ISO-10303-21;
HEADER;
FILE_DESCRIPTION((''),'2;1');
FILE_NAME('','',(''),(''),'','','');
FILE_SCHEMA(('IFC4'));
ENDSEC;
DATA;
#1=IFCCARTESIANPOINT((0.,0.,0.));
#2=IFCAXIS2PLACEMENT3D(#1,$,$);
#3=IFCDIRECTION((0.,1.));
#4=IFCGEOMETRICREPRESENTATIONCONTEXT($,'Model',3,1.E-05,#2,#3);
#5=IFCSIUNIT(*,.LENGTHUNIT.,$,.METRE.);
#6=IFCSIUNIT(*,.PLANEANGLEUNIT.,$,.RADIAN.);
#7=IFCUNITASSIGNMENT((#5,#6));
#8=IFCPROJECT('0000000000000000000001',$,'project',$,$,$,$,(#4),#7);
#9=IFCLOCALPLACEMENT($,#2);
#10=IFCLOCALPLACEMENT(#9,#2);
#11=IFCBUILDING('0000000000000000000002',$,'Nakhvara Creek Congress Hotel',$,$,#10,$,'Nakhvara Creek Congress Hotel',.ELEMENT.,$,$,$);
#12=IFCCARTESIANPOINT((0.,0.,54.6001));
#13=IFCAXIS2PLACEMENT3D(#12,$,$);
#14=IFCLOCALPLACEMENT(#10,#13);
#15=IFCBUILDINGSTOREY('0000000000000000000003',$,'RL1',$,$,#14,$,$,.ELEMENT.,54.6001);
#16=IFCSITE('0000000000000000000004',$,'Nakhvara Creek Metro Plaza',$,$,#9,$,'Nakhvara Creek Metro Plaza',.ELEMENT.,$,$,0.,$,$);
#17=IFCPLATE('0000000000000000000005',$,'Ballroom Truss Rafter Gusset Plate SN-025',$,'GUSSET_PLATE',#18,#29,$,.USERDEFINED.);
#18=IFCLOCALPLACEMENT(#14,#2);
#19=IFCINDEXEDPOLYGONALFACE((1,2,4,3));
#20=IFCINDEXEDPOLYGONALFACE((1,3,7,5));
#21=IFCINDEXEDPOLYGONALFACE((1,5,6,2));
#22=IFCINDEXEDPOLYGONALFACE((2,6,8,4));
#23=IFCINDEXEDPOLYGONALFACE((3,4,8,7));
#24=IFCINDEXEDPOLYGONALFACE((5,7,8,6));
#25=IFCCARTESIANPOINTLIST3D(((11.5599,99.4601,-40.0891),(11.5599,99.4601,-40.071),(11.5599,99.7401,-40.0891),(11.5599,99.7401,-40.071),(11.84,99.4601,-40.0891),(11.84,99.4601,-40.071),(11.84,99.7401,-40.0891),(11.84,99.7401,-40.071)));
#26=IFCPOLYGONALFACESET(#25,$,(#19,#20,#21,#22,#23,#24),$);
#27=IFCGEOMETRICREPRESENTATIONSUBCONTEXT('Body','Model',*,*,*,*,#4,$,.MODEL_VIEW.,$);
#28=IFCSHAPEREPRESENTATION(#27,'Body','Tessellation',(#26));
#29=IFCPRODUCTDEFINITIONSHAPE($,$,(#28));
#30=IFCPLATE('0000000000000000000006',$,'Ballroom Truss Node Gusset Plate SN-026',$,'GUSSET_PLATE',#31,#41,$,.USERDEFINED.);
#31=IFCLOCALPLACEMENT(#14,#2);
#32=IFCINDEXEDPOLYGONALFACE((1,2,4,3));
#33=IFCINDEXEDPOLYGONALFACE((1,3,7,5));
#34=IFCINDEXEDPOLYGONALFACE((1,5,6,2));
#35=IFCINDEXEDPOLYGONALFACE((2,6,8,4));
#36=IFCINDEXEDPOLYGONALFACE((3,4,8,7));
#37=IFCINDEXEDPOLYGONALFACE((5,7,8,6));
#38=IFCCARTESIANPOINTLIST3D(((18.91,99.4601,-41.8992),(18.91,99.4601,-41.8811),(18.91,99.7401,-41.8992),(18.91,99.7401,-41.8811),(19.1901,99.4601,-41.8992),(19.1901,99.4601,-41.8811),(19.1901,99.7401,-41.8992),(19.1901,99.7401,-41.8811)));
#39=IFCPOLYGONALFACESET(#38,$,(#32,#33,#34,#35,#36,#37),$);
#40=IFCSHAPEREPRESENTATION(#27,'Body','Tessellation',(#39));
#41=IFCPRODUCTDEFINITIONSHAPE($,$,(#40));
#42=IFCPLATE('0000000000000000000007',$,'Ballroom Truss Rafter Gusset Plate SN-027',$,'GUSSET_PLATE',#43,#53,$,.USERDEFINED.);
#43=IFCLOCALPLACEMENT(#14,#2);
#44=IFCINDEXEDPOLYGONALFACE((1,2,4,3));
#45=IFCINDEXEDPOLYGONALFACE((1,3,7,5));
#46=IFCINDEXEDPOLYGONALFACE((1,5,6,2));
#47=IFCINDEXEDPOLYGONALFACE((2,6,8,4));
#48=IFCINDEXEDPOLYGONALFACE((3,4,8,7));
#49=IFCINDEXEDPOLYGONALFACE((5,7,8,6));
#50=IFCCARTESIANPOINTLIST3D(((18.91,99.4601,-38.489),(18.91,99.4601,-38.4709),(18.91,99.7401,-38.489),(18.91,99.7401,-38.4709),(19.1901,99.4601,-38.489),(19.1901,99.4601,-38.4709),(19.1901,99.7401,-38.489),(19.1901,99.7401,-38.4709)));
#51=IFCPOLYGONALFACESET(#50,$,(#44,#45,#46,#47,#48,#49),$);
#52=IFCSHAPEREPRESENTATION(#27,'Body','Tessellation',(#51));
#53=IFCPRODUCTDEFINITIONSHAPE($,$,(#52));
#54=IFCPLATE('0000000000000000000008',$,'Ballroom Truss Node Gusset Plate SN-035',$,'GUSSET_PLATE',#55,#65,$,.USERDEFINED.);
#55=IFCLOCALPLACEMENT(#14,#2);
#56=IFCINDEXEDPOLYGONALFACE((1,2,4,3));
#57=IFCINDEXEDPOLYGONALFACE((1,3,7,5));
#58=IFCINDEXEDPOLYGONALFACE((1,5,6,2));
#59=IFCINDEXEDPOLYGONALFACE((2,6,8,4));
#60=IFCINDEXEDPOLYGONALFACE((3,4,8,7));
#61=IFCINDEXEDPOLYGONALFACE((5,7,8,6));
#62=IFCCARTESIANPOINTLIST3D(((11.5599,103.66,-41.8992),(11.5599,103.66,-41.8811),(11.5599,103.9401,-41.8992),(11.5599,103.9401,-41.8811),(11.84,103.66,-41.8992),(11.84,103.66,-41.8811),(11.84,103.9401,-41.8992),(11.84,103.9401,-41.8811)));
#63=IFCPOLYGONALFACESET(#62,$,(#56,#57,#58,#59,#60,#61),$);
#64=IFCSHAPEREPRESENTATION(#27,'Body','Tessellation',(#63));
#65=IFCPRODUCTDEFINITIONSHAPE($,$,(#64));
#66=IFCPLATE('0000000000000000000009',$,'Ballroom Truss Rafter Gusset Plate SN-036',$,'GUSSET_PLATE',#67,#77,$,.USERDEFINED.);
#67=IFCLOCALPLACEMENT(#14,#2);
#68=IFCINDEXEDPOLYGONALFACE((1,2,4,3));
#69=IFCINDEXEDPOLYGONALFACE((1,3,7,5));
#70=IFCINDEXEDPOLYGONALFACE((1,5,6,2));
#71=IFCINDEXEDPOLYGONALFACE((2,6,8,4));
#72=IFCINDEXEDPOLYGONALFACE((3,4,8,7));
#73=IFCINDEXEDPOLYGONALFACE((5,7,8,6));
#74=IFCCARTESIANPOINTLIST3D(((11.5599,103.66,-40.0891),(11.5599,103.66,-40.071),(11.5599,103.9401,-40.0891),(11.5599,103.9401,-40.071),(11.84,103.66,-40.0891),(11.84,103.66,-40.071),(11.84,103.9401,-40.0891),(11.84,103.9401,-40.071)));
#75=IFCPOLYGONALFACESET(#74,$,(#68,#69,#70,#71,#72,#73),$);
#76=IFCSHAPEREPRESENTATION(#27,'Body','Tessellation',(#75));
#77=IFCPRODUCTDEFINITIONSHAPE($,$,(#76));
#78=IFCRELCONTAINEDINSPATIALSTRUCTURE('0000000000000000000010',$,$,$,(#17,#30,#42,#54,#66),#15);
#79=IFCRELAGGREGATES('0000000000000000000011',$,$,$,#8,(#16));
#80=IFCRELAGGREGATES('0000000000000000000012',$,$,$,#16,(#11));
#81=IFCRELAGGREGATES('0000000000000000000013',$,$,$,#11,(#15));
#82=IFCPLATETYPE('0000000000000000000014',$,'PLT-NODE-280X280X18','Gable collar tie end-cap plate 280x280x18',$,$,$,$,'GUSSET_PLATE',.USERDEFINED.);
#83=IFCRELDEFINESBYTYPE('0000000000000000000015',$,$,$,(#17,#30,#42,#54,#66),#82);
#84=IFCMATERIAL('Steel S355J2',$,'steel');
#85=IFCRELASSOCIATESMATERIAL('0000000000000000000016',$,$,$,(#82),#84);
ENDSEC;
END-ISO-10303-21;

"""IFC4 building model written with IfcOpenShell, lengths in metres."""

from ifc_helpers import new_model, si_unit, direction, frame, origin, origin_2d, place, context, subcontext, project, spatial, rectangle, extrude, material, type_object, element, save


model = new_model("IFC4")

# Units and contexts
model_context = context("Model", 3, precision=1e-05, world=origin(), true_north=direction((0.0, 1.0)))
body_context = subcontext(model_context, "Body", "Model", "MODEL_VIEW")
ifc_project = project(units=[si_unit("LENGTHUNIT", "METRE"), si_unit("PLANEANGLEUNIT", "RADIAN")], contexts=[model_context])

# Site, building, storey
site_placement = place(None, origin())
site = spatial("IfcSite", under=ifc_project, at=site_placement, Name="Nakhvara Creek Metro Plaza", LongName="Nakhvara Creek Metro Plaza", CompositionType="ELEMENT", RefElevation=0.0)
building_placement = place(site_placement, origin())
building = spatial("IfcBuilding", under=site, at=building_placement, Name="Nakhvara Creek Congress Hotel", LongName="Nakhvara Creek Congress Hotel", CompositionType="ELEMENT")
storey_placement = place(building_placement, frame((0.0, 0.0, 54.6001)))
storey = spatial("IfcBuildingStorey", under=building, at=storey_placement, Name="RL1", CompositionType="ELEMENT", Elevation=54.6001)

# Plates
ifc_material_1 = material(Name="Steel S355J2", Category="steel")
plate_type = type_object("IfcPlateType", Name="PLT-NODE-280X280X18", Description="Gable collar tie end-cap plate 280x280x18", ElementType="GUSSET_PLATE", PredefinedType="USERDEFINED", material=ifc_material_1)
for number, where, z_axis, x_axis, name in (
    (1, (11.7, 99.6001, -40.0891), (0.0, 0.0, 1.0), (1.0, 0.0, 0.0), "Ballroom Truss Rafter Gusset Plate SN-025"),
    (2, (19.05, 99.6001, -41.8992), (0.0, 0.0, 1.0), (1.0, 0.0, 0.0), "Ballroom Truss Node Gusset Plate SN-026"),
    (3, (19.05, 99.6001, -38.489), (0.0, 0.0, 1.0), (1.0, 0.0, 0.0), "Ballroom Truss Rafter Gusset Plate SN-027"),
    (4, (11.7, 103.8, -41.8992), (0.0, 0.0, 1.0), (1.0, 0.0, 0.0), "Ballroom Truss Node Gusset Plate SN-035"),
    (5, (11.7, 103.8, -40.0891), (0.0, 0.0, 1.0), (1.0, 0.0, 0.0), "Ballroom Truss Rafter Gusset Plate SN-036"),
):
    element("IfcPlate", number, at=place(storey_placement, frame(where, z_axis=z_axis, x_axis=x_axis)), inside=storey, type_object=plate_type, Name=name, ObjectType="GUSSET_PLATE", PredefinedType="USERDEFINED", context=body_context, shape_type="SweptSolid", body=[
        extrude(rectangle(XDim=0.28, YDim=0.28, at=origin_2d()), origin(), (0.0, 0.0, 1.0), 0.0181),
    ])

save(model, "model.ifc")
